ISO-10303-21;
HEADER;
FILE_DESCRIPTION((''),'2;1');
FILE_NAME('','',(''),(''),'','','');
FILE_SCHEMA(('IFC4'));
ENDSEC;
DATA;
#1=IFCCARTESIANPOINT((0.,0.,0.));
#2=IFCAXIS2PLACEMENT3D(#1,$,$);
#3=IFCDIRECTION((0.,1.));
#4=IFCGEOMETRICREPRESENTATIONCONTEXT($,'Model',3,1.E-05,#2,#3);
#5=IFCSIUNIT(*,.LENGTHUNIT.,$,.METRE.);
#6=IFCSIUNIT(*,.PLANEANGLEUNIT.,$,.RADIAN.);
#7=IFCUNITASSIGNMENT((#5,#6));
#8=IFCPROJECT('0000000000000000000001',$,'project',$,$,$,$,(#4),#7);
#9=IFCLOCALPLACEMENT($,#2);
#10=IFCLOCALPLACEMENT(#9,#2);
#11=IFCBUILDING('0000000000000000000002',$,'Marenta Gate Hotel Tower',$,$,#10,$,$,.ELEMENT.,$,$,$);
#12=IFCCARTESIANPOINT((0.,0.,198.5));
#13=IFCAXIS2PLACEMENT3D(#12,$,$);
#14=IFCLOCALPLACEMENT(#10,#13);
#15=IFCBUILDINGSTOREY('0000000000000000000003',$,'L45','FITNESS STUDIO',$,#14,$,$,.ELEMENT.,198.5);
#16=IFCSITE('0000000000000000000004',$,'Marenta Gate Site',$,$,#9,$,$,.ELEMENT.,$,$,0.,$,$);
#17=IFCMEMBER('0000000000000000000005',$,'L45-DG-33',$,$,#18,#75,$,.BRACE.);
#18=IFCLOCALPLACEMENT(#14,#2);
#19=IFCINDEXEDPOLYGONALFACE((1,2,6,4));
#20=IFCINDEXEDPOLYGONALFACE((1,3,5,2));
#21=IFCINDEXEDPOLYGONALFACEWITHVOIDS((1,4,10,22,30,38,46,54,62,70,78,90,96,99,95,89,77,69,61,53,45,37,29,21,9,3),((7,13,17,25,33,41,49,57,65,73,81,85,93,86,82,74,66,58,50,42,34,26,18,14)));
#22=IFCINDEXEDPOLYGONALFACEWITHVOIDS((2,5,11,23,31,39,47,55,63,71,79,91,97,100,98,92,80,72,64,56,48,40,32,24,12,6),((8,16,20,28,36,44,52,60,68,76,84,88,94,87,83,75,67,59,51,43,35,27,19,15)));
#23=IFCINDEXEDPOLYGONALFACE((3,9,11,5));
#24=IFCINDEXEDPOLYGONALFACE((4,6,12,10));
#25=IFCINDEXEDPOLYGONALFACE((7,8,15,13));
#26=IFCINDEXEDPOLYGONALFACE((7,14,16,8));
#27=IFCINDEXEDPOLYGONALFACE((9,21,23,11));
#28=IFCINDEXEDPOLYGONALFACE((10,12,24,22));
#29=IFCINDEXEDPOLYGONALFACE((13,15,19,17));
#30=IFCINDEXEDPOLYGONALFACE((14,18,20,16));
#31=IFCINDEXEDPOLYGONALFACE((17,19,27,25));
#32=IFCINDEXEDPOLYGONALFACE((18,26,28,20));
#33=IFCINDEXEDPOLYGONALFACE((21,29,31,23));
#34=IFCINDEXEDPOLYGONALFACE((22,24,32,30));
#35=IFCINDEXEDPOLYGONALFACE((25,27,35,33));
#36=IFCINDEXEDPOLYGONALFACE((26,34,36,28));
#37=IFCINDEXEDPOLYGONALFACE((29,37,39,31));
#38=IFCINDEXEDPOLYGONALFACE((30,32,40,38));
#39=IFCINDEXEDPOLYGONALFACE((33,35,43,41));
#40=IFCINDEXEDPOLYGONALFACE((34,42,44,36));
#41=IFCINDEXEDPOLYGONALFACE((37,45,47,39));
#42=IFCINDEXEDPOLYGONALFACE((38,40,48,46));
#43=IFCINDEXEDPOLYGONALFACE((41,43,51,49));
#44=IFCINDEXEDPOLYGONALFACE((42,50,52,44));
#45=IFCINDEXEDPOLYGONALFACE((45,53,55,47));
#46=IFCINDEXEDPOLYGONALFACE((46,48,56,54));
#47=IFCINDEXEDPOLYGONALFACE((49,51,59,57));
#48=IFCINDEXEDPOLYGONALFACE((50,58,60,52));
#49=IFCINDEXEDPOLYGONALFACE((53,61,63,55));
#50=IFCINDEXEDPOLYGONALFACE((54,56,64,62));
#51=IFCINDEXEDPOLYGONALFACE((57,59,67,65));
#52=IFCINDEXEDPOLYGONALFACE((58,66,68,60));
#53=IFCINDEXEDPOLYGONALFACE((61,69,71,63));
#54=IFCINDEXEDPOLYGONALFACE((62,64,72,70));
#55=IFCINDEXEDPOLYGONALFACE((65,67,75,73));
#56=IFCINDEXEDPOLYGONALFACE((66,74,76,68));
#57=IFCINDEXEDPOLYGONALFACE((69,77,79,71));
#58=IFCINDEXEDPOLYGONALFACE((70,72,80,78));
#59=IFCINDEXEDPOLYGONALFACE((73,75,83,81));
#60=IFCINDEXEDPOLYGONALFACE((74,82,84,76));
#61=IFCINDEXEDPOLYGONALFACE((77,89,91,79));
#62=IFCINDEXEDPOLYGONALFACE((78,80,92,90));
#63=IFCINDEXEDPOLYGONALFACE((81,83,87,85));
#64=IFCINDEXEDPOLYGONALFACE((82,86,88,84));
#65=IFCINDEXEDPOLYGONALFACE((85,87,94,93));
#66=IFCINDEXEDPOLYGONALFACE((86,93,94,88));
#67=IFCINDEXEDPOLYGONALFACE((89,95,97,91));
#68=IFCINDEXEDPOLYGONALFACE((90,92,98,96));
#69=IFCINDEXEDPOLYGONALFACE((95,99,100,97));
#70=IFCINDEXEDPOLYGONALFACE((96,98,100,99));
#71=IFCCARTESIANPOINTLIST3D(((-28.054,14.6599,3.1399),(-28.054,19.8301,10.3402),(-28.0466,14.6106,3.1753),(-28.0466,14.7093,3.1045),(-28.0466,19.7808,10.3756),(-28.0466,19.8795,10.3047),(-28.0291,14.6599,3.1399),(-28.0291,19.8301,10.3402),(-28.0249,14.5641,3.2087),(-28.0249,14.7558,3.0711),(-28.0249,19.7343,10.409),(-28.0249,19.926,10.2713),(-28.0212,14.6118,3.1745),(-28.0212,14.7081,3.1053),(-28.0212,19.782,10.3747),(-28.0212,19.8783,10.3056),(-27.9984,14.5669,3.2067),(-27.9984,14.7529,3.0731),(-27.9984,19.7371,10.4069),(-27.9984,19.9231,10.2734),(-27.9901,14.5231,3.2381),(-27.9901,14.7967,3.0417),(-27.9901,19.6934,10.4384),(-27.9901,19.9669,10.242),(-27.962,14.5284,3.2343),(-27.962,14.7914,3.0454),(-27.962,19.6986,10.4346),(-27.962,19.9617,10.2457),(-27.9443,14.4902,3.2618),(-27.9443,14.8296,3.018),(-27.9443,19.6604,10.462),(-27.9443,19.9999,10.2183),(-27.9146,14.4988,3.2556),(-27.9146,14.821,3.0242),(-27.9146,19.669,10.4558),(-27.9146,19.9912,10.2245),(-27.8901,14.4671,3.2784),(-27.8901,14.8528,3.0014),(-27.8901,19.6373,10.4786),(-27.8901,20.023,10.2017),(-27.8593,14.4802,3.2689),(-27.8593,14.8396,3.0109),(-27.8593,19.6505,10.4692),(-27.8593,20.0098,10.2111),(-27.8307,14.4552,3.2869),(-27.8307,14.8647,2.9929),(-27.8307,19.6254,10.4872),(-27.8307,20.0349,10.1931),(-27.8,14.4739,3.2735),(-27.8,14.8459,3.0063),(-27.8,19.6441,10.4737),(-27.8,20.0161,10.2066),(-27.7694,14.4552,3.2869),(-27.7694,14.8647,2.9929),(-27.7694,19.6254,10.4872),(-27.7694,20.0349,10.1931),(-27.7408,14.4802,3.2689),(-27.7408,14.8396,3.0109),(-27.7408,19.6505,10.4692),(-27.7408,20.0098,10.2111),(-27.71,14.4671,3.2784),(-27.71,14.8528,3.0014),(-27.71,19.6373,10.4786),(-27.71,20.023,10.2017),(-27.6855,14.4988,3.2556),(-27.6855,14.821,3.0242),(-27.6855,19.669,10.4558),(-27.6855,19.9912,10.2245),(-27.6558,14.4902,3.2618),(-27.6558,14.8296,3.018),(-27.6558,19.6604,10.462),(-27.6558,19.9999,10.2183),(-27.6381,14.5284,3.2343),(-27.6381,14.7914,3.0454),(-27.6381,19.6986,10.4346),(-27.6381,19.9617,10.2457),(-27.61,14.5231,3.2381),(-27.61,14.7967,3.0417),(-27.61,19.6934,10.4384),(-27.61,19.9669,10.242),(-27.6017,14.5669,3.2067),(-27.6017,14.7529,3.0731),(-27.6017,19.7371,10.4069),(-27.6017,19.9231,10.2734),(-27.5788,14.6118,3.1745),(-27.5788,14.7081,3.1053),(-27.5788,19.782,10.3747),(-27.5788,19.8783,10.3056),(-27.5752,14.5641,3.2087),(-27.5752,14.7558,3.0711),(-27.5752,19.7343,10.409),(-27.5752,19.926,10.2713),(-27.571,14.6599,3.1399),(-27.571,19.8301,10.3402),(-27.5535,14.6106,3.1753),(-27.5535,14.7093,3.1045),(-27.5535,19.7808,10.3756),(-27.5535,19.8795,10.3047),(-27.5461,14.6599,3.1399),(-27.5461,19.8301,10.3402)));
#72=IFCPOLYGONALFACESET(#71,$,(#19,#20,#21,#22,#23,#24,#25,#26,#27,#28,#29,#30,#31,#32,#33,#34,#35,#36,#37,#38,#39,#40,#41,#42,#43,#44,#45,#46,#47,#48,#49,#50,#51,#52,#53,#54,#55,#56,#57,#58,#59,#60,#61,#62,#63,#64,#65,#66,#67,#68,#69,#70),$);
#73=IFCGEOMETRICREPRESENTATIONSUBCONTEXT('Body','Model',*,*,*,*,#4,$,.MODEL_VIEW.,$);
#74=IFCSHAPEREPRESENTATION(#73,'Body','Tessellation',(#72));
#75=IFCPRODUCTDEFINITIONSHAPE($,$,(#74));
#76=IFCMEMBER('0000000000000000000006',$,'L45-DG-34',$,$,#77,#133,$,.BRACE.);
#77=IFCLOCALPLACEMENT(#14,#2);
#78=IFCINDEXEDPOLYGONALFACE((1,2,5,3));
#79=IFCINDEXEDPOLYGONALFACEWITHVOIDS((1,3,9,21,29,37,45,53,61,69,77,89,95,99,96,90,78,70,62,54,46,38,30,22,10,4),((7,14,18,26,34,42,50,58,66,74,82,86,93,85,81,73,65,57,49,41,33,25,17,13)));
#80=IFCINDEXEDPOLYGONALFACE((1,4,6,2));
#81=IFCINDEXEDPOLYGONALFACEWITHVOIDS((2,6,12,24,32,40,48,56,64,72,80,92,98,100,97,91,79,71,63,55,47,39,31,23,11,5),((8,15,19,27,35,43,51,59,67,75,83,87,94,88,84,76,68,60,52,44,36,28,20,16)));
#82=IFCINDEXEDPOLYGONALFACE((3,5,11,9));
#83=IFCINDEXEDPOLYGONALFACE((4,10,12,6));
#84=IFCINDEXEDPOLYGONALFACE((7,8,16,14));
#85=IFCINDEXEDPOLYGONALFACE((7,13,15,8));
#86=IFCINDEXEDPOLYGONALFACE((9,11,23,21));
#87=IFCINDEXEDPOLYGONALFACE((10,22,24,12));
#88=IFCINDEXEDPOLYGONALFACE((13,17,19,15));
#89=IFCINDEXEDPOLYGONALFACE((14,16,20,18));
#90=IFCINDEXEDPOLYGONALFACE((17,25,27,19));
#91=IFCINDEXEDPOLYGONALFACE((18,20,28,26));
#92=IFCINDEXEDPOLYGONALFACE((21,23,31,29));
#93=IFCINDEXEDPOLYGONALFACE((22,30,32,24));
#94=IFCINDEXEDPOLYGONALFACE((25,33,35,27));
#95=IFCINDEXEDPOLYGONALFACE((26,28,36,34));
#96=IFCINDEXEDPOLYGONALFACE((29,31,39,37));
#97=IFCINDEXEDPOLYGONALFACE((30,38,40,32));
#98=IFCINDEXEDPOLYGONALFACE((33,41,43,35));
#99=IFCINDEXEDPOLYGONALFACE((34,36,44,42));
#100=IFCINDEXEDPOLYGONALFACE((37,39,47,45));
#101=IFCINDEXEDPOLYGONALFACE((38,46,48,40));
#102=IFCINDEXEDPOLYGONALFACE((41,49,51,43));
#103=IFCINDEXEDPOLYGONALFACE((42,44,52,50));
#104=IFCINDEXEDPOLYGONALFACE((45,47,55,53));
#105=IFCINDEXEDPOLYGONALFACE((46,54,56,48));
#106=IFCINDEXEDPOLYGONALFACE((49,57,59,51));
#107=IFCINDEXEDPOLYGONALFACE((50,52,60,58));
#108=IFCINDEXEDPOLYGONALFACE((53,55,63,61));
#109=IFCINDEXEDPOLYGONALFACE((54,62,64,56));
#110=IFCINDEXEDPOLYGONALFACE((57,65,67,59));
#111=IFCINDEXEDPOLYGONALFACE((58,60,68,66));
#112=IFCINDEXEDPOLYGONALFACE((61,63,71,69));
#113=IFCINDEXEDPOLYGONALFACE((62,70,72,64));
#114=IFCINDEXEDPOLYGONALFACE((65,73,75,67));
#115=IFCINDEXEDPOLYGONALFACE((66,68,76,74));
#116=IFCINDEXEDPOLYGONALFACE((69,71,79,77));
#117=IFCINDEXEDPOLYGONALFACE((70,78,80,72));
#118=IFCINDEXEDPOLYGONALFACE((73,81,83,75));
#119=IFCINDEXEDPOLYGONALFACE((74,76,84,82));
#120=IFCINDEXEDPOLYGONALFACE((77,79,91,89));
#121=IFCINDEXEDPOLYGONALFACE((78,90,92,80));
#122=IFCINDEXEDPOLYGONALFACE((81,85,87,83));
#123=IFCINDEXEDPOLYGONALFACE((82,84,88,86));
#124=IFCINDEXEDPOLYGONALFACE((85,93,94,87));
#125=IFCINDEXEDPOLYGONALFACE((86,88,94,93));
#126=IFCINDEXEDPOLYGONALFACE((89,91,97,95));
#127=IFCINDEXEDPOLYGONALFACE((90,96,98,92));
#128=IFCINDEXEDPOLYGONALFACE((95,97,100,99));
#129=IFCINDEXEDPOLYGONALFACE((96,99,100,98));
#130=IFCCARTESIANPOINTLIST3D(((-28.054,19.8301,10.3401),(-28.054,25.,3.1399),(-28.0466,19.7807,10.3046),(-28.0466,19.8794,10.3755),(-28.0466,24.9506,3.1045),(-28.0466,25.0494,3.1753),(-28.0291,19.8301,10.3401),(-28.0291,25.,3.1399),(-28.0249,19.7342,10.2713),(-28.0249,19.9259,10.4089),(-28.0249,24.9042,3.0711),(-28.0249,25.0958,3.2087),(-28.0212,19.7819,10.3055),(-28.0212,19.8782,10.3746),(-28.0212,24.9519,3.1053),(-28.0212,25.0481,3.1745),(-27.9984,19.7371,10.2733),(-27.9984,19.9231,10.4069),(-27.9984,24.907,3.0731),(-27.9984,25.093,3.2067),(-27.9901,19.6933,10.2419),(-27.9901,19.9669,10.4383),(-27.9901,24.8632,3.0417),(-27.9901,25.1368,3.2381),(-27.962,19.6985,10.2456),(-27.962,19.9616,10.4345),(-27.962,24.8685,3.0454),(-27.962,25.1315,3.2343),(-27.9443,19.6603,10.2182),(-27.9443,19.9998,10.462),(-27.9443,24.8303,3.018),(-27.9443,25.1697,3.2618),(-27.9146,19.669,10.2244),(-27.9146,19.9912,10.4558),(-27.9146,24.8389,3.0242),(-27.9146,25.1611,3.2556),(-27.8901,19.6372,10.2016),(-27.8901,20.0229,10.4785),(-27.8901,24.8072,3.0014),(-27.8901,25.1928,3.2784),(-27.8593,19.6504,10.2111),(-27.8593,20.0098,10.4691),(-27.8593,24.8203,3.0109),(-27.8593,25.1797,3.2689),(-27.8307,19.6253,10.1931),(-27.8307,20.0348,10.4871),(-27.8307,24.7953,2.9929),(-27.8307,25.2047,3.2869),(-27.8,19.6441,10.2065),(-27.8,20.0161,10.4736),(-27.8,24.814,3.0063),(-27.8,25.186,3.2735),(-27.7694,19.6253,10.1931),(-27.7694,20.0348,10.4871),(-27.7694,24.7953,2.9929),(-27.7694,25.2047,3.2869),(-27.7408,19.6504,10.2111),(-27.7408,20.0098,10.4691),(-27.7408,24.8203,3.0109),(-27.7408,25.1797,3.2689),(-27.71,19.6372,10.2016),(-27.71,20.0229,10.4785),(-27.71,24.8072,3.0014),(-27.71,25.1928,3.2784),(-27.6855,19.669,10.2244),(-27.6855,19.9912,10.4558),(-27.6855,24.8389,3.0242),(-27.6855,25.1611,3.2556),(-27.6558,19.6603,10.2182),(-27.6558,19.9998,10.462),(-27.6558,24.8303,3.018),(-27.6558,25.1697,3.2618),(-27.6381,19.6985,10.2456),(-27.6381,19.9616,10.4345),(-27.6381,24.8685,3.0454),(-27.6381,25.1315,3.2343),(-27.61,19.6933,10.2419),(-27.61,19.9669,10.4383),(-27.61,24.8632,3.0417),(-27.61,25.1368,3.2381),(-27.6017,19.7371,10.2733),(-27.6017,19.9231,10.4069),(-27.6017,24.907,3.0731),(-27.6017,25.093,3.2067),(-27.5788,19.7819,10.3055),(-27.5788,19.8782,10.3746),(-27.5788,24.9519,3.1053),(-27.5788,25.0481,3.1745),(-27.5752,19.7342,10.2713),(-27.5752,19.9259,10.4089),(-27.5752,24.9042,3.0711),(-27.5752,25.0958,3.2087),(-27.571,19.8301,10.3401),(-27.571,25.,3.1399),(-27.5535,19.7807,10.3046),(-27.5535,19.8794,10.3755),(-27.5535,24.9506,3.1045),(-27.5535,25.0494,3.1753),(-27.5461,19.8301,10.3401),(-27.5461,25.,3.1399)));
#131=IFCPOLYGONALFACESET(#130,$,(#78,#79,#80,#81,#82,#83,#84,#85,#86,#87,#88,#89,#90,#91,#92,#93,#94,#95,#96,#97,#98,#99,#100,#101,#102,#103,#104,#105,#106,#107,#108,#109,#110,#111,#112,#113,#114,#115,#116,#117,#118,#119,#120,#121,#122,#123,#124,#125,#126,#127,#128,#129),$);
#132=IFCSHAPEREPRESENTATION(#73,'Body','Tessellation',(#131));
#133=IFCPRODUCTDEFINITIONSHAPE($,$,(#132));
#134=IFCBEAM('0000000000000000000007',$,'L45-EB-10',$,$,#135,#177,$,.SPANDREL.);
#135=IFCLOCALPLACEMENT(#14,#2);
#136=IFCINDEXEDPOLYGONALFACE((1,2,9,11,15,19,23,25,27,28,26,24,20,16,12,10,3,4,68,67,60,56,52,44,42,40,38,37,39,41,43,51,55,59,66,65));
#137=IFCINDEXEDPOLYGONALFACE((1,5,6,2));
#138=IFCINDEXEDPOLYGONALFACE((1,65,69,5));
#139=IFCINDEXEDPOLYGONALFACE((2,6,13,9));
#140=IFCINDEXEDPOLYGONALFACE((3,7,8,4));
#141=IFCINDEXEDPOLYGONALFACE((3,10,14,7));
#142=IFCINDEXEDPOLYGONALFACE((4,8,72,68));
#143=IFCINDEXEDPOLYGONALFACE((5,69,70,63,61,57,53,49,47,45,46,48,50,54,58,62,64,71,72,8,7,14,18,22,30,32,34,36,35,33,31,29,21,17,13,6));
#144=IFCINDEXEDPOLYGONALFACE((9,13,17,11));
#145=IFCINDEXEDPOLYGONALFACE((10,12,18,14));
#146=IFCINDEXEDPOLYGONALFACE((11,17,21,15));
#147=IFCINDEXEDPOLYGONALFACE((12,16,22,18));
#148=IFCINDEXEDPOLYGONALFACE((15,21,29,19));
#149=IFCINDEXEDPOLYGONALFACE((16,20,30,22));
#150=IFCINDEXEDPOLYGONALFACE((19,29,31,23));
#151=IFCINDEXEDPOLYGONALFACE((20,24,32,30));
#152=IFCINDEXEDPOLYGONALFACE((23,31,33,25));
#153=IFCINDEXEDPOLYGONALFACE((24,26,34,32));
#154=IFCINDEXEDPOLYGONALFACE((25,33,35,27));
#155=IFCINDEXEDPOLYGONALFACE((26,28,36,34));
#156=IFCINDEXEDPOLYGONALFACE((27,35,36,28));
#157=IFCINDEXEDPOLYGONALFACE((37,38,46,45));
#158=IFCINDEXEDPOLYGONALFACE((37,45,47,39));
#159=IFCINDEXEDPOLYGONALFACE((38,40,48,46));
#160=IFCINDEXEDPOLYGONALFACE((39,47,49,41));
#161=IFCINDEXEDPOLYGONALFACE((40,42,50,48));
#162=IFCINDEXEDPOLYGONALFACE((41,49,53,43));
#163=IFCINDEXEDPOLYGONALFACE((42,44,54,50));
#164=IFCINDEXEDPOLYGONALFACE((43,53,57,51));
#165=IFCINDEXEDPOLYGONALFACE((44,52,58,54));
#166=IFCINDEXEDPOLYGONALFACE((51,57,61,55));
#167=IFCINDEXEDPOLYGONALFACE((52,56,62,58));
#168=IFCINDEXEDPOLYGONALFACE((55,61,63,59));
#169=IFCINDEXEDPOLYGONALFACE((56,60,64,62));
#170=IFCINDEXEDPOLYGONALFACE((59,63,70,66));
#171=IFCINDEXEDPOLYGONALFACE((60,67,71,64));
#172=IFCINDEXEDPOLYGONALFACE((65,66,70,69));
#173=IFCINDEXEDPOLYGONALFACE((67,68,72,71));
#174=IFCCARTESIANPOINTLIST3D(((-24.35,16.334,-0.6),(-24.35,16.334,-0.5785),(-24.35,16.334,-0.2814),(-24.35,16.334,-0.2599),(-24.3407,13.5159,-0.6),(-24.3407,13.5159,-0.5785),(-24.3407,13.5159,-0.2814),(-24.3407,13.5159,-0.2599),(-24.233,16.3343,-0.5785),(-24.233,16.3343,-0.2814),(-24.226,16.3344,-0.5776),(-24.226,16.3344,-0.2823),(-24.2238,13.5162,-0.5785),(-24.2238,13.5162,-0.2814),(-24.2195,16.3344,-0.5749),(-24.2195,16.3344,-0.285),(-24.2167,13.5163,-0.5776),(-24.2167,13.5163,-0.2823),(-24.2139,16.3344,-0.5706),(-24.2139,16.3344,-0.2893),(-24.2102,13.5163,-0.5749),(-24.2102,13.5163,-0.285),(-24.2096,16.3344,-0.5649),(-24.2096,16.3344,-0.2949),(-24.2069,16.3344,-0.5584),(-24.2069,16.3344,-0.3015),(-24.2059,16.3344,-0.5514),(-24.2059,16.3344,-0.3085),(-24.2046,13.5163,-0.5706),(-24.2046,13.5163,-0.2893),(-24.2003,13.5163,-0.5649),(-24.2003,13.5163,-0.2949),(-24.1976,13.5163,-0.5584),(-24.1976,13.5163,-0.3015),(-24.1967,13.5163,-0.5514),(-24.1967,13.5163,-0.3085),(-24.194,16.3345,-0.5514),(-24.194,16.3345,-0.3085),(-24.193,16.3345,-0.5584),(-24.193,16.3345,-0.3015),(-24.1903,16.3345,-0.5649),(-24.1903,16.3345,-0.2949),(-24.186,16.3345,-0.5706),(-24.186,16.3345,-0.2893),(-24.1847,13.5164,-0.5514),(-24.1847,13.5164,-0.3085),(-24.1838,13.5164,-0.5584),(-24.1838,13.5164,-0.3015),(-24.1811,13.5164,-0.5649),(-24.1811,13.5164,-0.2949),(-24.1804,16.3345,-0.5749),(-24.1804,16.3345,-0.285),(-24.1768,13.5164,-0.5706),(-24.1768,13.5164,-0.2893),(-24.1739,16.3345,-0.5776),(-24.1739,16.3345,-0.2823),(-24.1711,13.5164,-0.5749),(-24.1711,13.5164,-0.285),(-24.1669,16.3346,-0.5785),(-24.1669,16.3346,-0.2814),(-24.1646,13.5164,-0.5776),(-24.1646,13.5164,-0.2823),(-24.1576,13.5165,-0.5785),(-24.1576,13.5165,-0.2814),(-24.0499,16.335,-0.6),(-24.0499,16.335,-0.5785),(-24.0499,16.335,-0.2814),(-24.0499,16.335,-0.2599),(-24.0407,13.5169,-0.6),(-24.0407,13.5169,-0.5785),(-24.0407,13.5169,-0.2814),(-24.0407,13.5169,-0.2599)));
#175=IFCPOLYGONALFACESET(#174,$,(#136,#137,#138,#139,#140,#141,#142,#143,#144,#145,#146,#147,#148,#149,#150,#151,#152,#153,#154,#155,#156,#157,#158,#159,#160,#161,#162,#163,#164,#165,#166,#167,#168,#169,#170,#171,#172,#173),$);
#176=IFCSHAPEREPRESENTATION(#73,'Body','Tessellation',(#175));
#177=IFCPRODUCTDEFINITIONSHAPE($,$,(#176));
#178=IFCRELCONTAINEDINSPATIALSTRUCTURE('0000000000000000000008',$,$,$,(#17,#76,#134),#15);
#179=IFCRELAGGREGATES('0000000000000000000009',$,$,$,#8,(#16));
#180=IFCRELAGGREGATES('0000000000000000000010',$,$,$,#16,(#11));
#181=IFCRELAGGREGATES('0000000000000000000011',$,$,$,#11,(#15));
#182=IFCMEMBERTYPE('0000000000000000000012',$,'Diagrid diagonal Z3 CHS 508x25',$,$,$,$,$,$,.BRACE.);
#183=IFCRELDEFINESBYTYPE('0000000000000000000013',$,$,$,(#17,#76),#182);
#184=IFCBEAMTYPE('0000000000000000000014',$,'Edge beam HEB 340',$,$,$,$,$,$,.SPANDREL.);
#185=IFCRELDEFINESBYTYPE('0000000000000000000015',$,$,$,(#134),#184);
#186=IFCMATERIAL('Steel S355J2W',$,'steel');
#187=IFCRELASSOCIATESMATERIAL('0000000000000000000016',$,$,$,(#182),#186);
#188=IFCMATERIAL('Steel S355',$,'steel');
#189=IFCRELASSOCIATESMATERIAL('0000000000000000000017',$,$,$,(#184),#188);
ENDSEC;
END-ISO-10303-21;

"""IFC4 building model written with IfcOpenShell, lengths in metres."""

from ifc_helpers import new_model, si_unit, direction, frame, origin, origin_2d, place, context, subcontext, project, spatial, hollow_circle, i_section, extrude, material, material_profile, profile_set, type_object, element, save


model = new_model("IFC4")

# Units and contexts
model_context = context("Model", 3, precision=1e-05, world=origin(), true_north=direction((0.0, 1.0)))
body_context = subcontext(model_context, "Body", "Model", "MODEL_VIEW")
ifc_project = project(units=[si_unit("LENGTHUNIT", "METRE"), si_unit("PLANEANGLEUNIT", "RADIAN")], contexts=[model_context])

# Site, building, storey
site_placement = place(None, origin())
site = spatial("IfcSite", under=ifc_project, at=site_placement, Name="Marenta Gate Site", CompositionType="ELEMENT", RefElevation=0.0)
building_placement = place(site_placement, origin())
building = spatial("IfcBuilding", under=site, at=building_placement, Name="Marenta Gate Hotel Tower", CompositionType="ELEMENT")
storey_placement = place(building_placement, frame((0.0, 0.0, 198.5)))
storey = spatial("IfcBuildingStorey", under=building, at=storey_placement, Name="L45", Description="FITNESS STUDIO", CompositionType="ELEMENT", Elevation=198.5)

# Members
ifc_material_1 = material(Name="Steel S355J2W", Category="steel")
ifc_material_profile_1 = material_profile(ifc_material_1, hollow_circle(Radius=0.2539, WallThickness=0.0249, at=origin_2d()), Name="CHS 508x25")
ifc_profile_set_1 = profile_set([ifc_material_profile_1], Name="Steel S355J2W")
member_type_1 = type_object("IfcMemberType", Name="Diagrid diagonal Z3 CHS 508x25", PredefinedType="BRACE", material=ifc_profile_set_1)
member_1_placement = place(storey_placement, frame((-27.8, 14.6599, 3.1399), z_axis=(0.0, 0.583266, 0.812281), x_axis=(-1.0, 0.0, 0.0)))
element("IfcMember", 1, at=member_1_placement, inside=storey, type_object=member_type_1, Name="L45-DG-33", PredefinedType="BRACE", context=body_context, shape_type="SweptSolid", body=[
    extrude(hollow_circle(Radius=0.2539, WallThickness=0.0249, at=origin_2d()), origin(), (0.0, 0.0, 1.0), 8.8643),
])
member_2_placement = place(storey_placement, frame((-27.8, 25.0, 3.1399), z_axis=(0.0, -0.583248, 0.812294), x_axis=(1.0, 0.0, 0.0)))
element("IfcMember", 2, at=member_2_placement, inside=storey, type_object=member_type_1, Name="L45-DG-34", PredefinedType="BRACE", context=body_context, shape_type="SweptSolid", body=[
    extrude(hollow_circle(Radius=0.2539, WallThickness=0.0249, at=origin_2d()), origin(), (0.0, 0.0, 1.0), 8.864),
])

# Beam
ifc_material_2 = material(Name="Steel S355", Category="steel")
ifc_material_profile_2 = material_profile(ifc_material_2, i_section(OverallWidth=0.3, OverallDepth=0.3401, WebThickness=0.012, FlangeThickness=0.0215, FilletRadius=0.0271, at=origin_2d()), Name="HEB 340")
ifc_profile_set_2 = profile_set([ifc_material_profile_2], Name="Steel S355")
beam_type_1 = type_object("IfcBeamType", Name="Edge beam HEB 340", PredefinedType="SPANDREL", material=ifc_profile_set_2)
beam_1_placement = place(storey_placement, frame((-24.1907, 13.5164, -0.4299), z_axis=(-0.003292, 0.999995, 0.0), x_axis=(-0.999995, -0.003292, 0.0)))
element("IfcBeam", 3, at=beam_1_placement, inside=storey, type_object=beam_type_1, Name="L45-EB-10", PredefinedType="SPANDREL", context=body_context, shape_type="SweptSolid", body=[
    extrude(i_section(OverallWidth=0.3, OverallDepth=0.3401, WebThickness=0.012, FlangeThickness=0.0215, FilletRadius=0.0271, at=origin_2d()), origin(), (0.0, 0.0, 1.0), 2.8181),
])

save(model, "model.ifc")
